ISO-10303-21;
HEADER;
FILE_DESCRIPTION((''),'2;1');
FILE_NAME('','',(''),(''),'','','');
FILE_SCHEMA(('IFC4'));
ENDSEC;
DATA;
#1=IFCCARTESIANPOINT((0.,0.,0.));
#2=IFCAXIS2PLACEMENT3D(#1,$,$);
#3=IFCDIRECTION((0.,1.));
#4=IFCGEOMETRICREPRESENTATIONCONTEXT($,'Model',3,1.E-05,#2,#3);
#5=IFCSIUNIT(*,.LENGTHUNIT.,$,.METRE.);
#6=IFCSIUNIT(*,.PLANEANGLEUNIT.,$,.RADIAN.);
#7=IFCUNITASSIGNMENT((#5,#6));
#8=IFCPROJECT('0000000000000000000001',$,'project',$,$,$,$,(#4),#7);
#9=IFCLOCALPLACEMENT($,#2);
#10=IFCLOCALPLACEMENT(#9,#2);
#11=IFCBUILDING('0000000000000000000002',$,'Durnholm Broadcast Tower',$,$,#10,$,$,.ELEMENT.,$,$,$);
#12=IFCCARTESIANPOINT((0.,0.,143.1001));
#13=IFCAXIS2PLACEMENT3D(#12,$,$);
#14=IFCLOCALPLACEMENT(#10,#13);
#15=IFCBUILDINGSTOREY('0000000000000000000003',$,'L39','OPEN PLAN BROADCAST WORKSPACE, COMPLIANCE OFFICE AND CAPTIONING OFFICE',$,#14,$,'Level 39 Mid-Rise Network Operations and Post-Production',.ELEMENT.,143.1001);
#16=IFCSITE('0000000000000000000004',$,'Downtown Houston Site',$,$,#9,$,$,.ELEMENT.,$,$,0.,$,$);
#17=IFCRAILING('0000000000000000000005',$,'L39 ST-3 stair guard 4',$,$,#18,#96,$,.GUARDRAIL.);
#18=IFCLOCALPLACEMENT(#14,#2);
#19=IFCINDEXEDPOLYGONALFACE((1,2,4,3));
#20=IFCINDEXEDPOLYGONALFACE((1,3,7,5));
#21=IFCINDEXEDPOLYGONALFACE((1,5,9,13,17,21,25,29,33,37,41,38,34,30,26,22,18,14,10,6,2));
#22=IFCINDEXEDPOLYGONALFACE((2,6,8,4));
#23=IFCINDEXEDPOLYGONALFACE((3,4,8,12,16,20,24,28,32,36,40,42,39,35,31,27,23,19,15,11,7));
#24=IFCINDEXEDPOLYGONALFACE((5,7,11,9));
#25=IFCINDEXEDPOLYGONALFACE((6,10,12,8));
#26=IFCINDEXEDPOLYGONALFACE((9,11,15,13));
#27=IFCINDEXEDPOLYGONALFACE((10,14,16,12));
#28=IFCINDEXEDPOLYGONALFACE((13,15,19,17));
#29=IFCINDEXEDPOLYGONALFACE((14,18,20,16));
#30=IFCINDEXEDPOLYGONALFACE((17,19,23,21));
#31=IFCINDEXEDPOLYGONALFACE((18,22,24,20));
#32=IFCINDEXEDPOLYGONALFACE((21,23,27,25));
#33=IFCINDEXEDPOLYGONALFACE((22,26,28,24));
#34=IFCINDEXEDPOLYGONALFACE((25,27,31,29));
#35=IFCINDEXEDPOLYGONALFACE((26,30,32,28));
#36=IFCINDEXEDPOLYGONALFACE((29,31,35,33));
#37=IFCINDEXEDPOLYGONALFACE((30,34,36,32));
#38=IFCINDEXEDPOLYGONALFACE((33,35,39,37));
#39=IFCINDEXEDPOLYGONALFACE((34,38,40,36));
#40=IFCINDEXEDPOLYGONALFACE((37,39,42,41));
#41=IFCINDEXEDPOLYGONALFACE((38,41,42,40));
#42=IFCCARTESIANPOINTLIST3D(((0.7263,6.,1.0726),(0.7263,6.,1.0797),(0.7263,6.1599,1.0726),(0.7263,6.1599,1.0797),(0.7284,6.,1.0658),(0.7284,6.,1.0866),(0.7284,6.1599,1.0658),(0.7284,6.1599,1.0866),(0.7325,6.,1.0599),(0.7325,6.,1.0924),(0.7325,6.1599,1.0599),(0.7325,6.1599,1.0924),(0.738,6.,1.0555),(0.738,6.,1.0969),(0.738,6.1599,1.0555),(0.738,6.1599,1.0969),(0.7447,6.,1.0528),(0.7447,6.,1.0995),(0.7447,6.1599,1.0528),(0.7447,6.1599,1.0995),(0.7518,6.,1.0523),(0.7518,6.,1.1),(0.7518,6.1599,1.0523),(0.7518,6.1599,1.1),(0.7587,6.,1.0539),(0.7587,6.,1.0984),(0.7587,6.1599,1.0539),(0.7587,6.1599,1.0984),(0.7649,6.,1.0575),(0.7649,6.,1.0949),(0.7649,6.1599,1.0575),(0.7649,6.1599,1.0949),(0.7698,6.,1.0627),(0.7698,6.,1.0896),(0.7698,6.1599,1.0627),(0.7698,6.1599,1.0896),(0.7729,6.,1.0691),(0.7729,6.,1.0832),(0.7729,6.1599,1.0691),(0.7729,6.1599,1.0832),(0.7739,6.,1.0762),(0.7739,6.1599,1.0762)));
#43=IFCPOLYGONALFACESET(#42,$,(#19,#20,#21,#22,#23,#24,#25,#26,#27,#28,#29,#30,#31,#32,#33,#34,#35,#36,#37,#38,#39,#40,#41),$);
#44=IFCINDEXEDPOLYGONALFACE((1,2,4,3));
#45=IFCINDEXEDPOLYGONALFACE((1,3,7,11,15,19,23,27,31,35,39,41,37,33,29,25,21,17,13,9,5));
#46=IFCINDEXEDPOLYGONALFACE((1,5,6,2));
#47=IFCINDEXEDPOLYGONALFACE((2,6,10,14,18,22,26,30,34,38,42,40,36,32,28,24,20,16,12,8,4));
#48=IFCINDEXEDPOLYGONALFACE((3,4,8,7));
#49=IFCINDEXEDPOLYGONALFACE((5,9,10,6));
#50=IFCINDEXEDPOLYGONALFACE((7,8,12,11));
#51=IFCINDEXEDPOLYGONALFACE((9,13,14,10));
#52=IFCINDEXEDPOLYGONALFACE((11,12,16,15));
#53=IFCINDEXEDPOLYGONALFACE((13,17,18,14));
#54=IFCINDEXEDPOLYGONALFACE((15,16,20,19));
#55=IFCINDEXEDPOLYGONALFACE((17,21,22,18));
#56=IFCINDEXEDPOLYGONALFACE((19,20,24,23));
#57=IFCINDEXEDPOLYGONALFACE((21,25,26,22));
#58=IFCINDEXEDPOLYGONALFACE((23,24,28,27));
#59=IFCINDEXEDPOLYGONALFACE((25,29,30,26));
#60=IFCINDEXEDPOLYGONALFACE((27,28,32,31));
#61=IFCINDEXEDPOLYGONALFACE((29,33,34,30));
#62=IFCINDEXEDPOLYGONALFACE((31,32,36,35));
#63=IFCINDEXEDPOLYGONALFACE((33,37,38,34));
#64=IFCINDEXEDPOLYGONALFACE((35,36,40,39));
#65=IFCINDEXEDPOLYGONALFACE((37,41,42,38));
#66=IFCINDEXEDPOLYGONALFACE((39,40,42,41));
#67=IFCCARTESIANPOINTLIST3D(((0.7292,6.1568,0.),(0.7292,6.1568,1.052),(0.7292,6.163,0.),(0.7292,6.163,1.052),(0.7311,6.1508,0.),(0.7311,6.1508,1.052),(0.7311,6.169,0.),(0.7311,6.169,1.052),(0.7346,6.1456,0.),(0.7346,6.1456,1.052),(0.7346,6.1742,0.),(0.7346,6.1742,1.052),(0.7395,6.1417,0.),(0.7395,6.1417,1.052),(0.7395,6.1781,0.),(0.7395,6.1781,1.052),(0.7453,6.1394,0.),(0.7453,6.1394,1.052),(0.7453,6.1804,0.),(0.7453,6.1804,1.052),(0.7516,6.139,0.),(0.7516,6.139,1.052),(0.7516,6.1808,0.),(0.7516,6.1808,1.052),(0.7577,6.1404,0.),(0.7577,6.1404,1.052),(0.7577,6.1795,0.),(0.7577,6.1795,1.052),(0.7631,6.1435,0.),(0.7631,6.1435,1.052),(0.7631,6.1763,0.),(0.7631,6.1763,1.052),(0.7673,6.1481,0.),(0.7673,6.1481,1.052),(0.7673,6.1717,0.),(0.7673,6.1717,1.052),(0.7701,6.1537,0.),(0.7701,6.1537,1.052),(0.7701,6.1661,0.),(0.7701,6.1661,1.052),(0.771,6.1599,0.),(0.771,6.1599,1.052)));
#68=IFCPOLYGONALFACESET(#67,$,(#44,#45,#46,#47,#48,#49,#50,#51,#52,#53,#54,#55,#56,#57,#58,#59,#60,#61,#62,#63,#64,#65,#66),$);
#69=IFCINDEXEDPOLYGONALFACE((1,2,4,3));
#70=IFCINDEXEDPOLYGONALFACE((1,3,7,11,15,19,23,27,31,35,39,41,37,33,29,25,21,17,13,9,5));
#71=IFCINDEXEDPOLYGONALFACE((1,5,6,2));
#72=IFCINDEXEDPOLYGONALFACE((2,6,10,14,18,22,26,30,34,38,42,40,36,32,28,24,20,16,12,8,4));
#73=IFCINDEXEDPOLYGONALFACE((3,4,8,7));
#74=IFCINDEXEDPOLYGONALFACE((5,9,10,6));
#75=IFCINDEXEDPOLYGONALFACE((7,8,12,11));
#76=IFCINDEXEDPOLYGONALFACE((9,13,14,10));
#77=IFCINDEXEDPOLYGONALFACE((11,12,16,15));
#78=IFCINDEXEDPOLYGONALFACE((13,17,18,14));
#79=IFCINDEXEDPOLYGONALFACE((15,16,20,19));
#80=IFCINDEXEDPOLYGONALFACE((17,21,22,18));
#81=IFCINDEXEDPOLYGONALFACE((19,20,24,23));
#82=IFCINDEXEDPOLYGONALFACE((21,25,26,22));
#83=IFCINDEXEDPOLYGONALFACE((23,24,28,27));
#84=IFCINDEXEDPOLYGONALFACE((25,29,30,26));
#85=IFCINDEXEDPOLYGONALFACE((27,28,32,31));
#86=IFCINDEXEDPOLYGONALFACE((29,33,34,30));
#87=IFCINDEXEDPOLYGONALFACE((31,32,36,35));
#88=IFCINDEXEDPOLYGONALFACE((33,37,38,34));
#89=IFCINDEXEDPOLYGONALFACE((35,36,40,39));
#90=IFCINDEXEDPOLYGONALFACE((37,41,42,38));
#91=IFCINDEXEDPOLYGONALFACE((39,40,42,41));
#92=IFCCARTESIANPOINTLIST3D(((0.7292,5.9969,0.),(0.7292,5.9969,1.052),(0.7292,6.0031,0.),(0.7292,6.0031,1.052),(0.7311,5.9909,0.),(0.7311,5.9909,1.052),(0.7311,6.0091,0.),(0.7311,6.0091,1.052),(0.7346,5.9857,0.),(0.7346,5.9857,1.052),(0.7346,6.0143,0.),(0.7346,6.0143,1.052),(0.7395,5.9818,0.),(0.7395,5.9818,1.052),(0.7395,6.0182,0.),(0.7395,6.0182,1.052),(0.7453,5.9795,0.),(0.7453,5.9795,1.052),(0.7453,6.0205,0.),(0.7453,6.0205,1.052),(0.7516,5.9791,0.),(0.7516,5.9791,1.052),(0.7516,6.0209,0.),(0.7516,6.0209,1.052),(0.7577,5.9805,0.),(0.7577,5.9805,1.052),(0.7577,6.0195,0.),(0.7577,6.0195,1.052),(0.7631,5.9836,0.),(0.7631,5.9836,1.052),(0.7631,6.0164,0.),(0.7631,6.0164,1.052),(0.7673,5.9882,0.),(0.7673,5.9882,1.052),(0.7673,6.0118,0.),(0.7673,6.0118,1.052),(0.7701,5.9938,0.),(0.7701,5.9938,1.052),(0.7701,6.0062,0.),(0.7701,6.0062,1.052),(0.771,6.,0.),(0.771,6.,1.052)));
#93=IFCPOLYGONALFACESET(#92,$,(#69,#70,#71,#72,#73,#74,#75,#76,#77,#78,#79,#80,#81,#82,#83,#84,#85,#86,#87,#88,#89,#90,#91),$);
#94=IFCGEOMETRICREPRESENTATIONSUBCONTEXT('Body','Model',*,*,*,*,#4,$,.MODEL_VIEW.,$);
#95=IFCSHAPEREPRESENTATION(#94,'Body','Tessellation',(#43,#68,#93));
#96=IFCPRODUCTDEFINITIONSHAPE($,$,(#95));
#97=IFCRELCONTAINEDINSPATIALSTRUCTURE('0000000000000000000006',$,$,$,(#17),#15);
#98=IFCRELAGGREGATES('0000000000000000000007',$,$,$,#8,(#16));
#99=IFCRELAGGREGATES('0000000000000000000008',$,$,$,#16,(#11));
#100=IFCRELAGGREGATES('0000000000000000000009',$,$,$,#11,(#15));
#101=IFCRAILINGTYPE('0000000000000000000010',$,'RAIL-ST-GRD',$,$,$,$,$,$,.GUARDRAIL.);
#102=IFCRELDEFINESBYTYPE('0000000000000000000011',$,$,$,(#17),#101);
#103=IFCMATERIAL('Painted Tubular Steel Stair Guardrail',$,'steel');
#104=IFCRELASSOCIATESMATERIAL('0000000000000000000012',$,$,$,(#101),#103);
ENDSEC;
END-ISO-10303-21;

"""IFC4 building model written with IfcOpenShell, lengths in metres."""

from ifc_helpers import new_model, si_unit, direction, frame, origin, origin_2d, place, context, subcontext, project, spatial, circle, extrude, material, type_object, element, save


model = new_model("IFC4")

# Units and contexts
model_context = context("Model", 3, precision=1e-05, world=origin(), true_north=direction((0.0, 1.0)))
body_context = subcontext(model_context, "Body", "Model", "MODEL_VIEW")
ifc_project = project(units=[si_unit("LENGTHUNIT", "METRE"), si_unit("PLANEANGLEUNIT", "RADIAN")], contexts=[model_context])

# Site, building, storey
site_placement = place(None, origin())
site = spatial("IfcSite", under=ifc_project, at=site_placement, Name="Downtown Houston Site", CompositionType="ELEMENT", RefElevation=0.0)
building_placement = place(site_placement, origin())
building = spatial("IfcBuilding", under=site, at=building_placement, Name="Durnholm Broadcast Tower", CompositionType="ELEMENT")
storey_placement = place(building_placement, frame((0.0, 0.0, 143.1001)))
storey = spatial("IfcBuildingStorey", under=building, at=storey_placement, Name="L39", Description="OPEN PLAN BROADCAST WORKSPACE, COMPLIANCE OFFICE AND CAPTIONING OFFICE", LongName="Level 39 Mid-Rise Network Operations and Post-Production", CompositionType="ELEMENT", Elevation=143.1001)

# Railing
ifc_material_1 = material(Name="Painted Tubular Steel Stair Guardrail", Category="steel")
railing_type_1 = type_object("IfcRailingType", Name="RAIL-ST-GRD", PredefinedType="GUARDRAIL", material=ifc_material_1)
railing_1_placement = place(storey_placement, frame((0.75, 6.1599, 0.0)))
element("IfcRailing", 1, at=railing_1_placement, inside=storey, type_object=railing_type_1, Name="L39 ST-3 stair guard 4", PredefinedType="GUARDRAIL", context=body_context, shape_type="SweptSolid", body=[
    extrude(circle(Radius=0.0239, at=origin_2d()), frame((0.0, 0.0, 1.0762), z_axis=(0.0, -1.0, 0.0), x_axis=(1.0, 0.0, 0.0)), (0.0, 0.0, 1.0), 0.1599),
    extrude(circle(Radius=0.021, at=origin_2d()), origin(), (0.0, 0.0, 1.0), 1.052),
    extrude(circle(Radius=0.021, at=origin_2d()), frame((0.0, -0.1599, 0.0)), (0.0, 0.0, 1.0), 1.052),
])

save(model, "model.ifc")
